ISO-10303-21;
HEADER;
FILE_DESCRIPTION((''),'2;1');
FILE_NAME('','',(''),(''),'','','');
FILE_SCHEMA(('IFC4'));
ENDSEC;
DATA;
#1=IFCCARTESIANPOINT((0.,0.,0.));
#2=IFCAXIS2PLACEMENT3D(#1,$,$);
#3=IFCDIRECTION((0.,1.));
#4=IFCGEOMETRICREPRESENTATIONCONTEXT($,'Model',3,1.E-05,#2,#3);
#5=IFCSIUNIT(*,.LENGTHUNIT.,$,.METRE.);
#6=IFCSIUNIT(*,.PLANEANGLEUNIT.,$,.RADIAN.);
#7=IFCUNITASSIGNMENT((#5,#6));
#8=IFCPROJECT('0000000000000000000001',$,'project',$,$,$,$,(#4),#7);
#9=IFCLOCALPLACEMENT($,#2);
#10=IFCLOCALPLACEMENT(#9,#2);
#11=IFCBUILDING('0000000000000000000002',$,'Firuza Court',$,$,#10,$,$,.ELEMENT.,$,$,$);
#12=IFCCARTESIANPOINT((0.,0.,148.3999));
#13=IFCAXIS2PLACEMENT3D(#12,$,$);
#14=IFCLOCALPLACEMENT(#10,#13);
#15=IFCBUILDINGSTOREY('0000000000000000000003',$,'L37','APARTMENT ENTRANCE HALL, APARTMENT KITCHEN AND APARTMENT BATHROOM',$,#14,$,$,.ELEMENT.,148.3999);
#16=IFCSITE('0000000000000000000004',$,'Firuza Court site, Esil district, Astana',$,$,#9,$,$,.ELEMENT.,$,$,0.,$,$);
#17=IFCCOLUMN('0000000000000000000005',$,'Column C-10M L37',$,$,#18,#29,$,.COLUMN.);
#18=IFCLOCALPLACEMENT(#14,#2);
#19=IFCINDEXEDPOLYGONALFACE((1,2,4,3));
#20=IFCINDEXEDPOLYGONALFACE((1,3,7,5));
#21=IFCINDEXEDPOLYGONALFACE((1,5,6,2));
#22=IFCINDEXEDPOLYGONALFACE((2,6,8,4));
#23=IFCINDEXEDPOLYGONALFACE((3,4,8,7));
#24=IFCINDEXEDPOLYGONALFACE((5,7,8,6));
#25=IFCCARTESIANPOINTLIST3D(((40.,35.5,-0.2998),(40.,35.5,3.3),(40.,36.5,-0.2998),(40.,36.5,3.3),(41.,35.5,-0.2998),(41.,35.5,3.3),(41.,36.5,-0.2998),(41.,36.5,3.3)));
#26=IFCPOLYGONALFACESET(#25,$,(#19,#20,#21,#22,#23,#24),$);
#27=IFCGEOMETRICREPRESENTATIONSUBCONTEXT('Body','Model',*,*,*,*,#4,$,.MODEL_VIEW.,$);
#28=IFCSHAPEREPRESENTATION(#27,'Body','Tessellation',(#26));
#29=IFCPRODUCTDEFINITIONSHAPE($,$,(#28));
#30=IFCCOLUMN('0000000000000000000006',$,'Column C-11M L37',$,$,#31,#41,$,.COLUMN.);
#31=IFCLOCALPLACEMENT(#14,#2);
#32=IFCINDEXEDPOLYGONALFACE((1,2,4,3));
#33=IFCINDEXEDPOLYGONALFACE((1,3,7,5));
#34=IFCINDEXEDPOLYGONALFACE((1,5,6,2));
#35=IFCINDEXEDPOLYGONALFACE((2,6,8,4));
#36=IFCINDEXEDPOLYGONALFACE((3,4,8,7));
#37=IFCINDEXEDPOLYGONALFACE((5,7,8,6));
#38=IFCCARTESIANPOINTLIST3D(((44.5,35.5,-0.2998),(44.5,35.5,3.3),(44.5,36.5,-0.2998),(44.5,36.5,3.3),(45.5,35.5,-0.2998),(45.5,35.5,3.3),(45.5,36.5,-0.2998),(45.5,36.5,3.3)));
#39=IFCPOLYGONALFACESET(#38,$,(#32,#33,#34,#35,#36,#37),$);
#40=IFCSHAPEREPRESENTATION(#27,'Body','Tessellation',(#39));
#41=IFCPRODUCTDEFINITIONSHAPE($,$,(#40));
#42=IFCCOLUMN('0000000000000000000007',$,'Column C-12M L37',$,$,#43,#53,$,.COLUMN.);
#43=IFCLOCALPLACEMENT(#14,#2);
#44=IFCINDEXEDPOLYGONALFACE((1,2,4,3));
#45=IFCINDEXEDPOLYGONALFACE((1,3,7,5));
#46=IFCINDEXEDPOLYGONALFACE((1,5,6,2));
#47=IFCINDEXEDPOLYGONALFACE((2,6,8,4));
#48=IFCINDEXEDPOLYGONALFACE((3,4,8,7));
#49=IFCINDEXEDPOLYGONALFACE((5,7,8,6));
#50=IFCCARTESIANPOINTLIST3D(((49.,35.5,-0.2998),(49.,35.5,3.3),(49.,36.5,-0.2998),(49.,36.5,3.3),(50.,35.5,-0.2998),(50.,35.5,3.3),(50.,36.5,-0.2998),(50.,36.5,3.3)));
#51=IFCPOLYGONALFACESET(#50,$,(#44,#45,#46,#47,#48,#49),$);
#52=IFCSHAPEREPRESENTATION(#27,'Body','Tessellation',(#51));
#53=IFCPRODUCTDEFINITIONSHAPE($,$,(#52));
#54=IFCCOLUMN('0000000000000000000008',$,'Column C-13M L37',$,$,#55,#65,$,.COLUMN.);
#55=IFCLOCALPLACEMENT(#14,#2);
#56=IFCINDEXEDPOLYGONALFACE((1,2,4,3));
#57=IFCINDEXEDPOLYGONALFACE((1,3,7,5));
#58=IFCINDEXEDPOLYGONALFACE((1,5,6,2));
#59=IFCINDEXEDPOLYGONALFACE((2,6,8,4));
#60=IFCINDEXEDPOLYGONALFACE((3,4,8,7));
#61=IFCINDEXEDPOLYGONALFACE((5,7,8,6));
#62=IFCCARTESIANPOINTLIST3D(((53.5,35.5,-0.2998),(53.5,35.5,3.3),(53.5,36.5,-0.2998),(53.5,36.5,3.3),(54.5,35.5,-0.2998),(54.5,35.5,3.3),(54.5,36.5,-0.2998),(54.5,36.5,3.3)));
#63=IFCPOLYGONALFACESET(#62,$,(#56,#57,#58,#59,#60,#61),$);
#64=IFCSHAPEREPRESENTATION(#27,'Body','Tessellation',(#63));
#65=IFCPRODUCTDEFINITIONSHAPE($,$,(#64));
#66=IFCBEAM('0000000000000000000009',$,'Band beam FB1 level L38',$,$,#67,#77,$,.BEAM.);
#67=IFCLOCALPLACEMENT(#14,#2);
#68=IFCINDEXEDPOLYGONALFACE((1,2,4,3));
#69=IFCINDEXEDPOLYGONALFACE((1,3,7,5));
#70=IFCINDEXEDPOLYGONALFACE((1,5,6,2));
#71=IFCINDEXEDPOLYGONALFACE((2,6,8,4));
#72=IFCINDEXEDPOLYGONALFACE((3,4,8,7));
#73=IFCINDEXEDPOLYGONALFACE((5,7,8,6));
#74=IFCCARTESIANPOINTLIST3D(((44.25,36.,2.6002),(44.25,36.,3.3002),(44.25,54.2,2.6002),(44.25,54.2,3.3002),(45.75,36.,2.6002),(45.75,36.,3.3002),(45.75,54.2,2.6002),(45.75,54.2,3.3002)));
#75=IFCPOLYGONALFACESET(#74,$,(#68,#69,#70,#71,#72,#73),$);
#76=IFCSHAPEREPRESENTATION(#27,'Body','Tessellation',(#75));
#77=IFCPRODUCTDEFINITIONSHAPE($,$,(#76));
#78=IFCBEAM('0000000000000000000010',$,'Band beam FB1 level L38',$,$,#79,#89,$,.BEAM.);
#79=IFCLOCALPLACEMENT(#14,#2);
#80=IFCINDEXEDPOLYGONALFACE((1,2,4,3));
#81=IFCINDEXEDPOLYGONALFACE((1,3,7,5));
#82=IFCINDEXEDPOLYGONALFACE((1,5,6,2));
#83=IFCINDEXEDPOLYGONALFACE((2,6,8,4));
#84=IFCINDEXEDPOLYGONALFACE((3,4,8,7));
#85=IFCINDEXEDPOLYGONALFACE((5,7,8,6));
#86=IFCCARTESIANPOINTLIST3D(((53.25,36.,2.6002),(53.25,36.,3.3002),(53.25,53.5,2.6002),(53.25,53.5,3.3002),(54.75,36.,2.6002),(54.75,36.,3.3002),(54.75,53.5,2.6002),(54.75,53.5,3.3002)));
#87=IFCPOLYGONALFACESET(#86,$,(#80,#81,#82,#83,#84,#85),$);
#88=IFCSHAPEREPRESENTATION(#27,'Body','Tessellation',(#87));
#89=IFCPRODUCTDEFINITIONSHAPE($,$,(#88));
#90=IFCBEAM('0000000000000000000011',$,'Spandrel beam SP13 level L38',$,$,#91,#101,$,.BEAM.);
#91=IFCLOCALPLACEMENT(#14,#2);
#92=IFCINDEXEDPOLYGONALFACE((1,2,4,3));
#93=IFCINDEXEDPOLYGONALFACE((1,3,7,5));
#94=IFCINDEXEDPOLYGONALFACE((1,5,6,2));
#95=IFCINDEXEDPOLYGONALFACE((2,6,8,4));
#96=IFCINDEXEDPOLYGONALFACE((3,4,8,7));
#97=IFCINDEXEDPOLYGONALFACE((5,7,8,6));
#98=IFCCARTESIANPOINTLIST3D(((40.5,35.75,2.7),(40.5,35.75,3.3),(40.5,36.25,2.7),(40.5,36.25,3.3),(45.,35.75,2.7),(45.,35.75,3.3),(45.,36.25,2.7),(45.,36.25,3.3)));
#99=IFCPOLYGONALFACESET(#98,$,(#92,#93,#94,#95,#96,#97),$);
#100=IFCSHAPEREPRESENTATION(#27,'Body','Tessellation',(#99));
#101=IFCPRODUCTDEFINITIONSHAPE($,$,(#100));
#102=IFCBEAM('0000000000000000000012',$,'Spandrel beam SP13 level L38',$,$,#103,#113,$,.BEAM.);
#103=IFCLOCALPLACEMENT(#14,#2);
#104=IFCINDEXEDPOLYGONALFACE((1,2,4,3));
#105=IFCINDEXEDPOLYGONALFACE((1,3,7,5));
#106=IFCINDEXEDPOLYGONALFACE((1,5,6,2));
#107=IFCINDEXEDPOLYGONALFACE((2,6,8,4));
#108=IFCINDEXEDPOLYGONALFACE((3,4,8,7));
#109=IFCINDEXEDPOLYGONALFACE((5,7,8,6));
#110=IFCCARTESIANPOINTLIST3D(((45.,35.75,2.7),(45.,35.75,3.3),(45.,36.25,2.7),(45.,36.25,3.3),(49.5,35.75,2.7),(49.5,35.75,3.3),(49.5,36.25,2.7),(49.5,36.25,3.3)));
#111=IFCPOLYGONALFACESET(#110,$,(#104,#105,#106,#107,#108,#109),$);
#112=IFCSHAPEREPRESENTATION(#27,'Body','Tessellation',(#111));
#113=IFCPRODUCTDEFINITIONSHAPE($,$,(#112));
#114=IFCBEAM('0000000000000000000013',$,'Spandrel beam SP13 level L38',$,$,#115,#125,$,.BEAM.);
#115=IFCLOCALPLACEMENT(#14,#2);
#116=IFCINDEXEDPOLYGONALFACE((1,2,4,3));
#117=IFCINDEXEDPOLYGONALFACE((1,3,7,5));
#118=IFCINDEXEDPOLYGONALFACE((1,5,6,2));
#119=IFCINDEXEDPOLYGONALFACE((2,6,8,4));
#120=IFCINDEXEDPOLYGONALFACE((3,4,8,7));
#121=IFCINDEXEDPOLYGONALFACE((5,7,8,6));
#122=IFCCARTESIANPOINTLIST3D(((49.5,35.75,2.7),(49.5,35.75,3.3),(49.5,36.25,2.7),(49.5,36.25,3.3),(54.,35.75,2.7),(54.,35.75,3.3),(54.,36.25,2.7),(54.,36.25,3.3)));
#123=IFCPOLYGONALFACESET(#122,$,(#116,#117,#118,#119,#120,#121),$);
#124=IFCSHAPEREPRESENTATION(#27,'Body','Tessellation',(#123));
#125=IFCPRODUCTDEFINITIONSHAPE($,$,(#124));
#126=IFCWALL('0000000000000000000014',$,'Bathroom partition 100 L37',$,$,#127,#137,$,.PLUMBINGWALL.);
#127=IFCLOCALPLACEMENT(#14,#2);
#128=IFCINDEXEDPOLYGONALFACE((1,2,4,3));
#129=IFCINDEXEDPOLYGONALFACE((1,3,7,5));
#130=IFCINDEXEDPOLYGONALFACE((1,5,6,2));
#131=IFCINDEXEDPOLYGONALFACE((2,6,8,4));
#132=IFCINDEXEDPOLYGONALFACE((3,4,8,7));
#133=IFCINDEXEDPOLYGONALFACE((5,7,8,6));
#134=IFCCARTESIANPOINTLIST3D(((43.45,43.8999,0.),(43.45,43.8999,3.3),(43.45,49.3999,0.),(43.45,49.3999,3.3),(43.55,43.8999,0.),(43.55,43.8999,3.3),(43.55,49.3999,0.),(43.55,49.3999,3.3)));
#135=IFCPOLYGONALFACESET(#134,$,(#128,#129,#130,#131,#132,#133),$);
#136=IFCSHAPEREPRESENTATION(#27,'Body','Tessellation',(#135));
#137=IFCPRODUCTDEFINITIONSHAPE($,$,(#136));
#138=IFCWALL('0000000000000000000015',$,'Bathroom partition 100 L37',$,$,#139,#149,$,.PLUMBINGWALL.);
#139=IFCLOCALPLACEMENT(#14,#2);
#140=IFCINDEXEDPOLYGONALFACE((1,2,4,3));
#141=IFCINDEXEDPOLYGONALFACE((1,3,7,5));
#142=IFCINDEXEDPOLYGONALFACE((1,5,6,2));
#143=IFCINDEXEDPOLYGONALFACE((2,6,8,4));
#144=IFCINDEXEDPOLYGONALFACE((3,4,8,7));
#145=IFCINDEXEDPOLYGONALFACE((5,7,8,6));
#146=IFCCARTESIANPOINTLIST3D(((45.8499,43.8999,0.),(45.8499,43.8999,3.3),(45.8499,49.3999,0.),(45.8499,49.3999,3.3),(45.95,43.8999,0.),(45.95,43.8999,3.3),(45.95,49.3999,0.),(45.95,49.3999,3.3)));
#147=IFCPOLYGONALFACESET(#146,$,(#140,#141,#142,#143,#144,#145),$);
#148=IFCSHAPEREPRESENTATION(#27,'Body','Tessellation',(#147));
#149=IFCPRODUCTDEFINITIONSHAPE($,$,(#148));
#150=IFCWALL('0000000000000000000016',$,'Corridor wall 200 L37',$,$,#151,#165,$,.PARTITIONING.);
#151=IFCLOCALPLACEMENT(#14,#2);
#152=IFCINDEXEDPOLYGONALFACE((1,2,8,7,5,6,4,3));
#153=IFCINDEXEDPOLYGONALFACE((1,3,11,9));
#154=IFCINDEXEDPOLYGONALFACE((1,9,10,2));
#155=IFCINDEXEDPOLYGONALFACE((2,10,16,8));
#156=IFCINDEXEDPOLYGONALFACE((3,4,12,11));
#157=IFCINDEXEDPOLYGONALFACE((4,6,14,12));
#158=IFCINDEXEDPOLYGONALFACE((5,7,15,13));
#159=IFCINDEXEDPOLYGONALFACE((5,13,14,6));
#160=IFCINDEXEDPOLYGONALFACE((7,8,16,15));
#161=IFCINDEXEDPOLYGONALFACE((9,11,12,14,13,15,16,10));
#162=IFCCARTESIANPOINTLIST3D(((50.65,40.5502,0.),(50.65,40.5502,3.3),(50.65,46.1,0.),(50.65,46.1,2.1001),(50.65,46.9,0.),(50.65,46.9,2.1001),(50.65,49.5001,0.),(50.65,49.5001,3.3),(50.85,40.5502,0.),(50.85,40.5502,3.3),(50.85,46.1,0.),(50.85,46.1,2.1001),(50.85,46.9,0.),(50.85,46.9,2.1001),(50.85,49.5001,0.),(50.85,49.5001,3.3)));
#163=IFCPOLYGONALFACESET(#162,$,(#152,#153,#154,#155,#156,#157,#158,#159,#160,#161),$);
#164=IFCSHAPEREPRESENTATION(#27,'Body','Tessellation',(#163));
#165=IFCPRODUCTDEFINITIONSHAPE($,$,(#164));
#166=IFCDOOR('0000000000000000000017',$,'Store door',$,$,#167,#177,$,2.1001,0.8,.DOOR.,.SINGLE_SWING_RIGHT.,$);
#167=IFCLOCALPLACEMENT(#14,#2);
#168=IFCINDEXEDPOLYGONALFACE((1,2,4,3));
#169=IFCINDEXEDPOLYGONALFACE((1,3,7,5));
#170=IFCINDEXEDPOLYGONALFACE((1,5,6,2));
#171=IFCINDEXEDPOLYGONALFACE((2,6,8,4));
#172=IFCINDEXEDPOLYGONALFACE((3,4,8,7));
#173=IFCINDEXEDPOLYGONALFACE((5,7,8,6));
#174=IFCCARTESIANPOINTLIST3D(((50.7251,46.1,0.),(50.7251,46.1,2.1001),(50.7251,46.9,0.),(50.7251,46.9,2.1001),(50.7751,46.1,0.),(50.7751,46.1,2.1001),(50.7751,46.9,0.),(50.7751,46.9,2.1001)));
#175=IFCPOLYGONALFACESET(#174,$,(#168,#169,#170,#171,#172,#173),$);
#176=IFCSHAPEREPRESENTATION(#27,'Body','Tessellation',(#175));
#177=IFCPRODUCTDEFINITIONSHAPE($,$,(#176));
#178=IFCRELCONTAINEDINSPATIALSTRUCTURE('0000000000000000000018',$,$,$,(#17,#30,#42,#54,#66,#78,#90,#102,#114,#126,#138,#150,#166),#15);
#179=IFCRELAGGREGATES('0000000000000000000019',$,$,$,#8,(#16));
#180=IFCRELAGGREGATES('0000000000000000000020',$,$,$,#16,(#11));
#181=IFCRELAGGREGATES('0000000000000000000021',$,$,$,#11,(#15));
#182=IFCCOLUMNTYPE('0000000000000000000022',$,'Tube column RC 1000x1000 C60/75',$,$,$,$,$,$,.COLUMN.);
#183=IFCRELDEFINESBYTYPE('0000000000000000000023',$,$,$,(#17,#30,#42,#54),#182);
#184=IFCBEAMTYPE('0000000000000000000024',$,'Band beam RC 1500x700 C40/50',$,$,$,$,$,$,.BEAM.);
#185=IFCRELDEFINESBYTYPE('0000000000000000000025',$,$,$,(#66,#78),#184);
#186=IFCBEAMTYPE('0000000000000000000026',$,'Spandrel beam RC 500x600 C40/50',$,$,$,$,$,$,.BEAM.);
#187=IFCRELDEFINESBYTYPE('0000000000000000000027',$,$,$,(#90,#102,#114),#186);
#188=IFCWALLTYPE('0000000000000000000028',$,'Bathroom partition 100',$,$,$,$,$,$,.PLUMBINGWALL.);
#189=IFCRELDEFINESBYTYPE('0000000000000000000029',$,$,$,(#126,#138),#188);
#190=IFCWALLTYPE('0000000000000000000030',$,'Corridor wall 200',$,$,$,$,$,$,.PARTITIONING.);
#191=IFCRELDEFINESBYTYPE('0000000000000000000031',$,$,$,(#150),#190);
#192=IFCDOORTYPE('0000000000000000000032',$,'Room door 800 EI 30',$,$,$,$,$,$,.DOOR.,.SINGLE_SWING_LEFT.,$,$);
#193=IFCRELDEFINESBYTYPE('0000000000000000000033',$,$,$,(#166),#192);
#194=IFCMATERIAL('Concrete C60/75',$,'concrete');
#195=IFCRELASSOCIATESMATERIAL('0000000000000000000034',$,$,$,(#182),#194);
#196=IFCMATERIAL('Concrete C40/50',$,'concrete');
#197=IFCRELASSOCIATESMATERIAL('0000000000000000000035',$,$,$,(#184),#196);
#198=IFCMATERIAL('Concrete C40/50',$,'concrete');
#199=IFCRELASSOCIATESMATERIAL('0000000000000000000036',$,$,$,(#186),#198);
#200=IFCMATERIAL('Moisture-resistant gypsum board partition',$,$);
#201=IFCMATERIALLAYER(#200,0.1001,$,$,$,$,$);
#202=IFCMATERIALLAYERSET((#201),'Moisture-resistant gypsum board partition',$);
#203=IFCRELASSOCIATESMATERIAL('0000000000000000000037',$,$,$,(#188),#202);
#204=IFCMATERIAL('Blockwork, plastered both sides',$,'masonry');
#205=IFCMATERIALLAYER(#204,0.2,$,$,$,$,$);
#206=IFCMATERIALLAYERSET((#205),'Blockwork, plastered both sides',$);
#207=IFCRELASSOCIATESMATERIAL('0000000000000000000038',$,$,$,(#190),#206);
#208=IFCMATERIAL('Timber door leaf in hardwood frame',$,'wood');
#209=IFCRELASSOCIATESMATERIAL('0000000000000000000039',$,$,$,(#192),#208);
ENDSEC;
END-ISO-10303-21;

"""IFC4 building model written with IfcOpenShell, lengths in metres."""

from ifc_helpers import new_model, si_unit, direction, frame, frame_2d, origin, origin_2d, place, context, subcontext, project, spatial, rectangle, extrude, material, layer, layer_set, material_profile, profile_set, type_object, element, fill, save


model = new_model("IFC4")

# Units and contexts
model_context = context("Model", 3, precision=1e-05, world=origin(), true_north=direction((0.0, 1.0)))
body_context = subcontext(model_context, "Body", "Model", "MODEL_VIEW")
ifc_project = project(units=[si_unit("LENGTHUNIT", "METRE"), si_unit("PLANEANGLEUNIT", "RADIAN")], contexts=[model_context])

# Site, building, storey
site_placement = place(None, origin())
site = spatial("IfcSite", under=ifc_project, at=site_placement, Name="Firuza Court site, Esil district, Astana", CompositionType="ELEMENT", RefElevation=0.0)
building_placement = place(site_placement, origin())
building = spatial("IfcBuilding", under=site, at=building_placement, Name="Firuza Court", CompositionType="ELEMENT")
storey_placement = place(building_placement, frame((0.0, 0.0, 148.3999)))
storey = spatial("IfcBuildingStorey", under=building, at=storey_placement, Name="L37", Description="APARTMENT ENTRANCE HALL, APARTMENT KITCHEN AND APARTMENT BATHROOM", CompositionType="ELEMENT", Elevation=148.3999)

# Columns
ifc_material_1 = material(Name="Concrete C60/75", Category="concrete")
ifc_material_profile_1 = material_profile(ifc_material_1, rectangle(XDim=1.0, YDim=1.0, at=origin_2d()), Name="RC 1000x1000")
ifc_profile_set_1 = profile_set([ifc_material_profile_1], Name="Concrete C60/75")
column_type = type_object("IfcColumnType", Name="Tube column RC 1000x1000 C60/75", PredefinedType="COLUMN", material=ifc_profile_set_1)
for number, where, z_axis, x_axis, name in (
    (1, (40.5, 36.0, -0.2998), (0.0, 0.0, 1.0), (1.0, 0.0, 0.0), "Column C-10M L37"),
    (2, (45.0, 36.0, -0.2998), (0.0, 0.0, 1.0), (1.0, 0.0, 0.0), "Column C-11M L37"),
    (3, (49.5, 36.0, -0.2998), (0.0, 0.0, 1.0), (1.0, 0.0, 0.0), "Column C-12M L37"),
    (4, (54.0, 36.0, -0.2998), (0.0, 0.0, 1.0), (1.0, 0.0, 0.0), "Column C-13M L37"),
):
    element("IfcColumn", number, at=place(storey_placement, frame(where, z_axis=z_axis, x_axis=x_axis)), inside=storey, type_object=column_type, Name=name, PredefinedType="COLUMN", context=body_context, shape_type="SweptSolid", body=[
        extrude(rectangle(XDim=1.0, YDim=1.0, at=origin_2d()), origin(), (0.0, 0.0, 1.0), 3.5999),
    ])

# Beams
ifc_material_2 = material(Name="Concrete C40/50", Category="concrete")
ifc_material_profile_2 = material_profile(ifc_material_2, rectangle(XDim=1.5, YDim=0.7, at=origin_2d()), Name="RC 1500x700")
ifc_profile_set_2 = profile_set([ifc_material_profile_2], Name="Concrete C40/50")
beam_type_1 = type_object("IfcBeamType", Name="Band beam RC 1500x700 C40/50", PredefinedType="BEAM", material=ifc_profile_set_2)
beam_1_placement = place(storey_placement, frame((45.0, 36.0, 2.9502), z_axis=(0.0, 1.0, 0.0), x_axis=(-1.0, 0.0, 0.0)))
element("IfcBeam", 5, at=beam_1_placement, inside=storey, type_object=beam_type_1, Name="Band beam FB1 level L38", PredefinedType="BEAM", context=body_context, shape_type="SweptSolid", body=[
    extrude(rectangle(XDim=1.5, YDim=0.7, at=origin_2d()), origin(), (0.0, 0.0, 1.0), 18.2),
])
beam_2_placement = place(storey_placement, frame((54.0, 36.0, 2.9502), z_axis=(0.0, 1.0, 0.0), x_axis=(-1.0, 0.0, 0.0)))
element("IfcBeam", 6, at=beam_2_placement, inside=storey, type_object=beam_type_1, Name="Band beam FB1 level L38", PredefinedType="BEAM", context=body_context, shape_type="SweptSolid", body=[
    extrude(rectangle(XDim=1.5, YDim=0.7, at=origin_2d()), origin(), (0.0, 0.0, 1.0), 17.5),
])
ifc_material_3 = material(Name="Concrete C40/50", Category="concrete")
ifc_material_profile_3 = material_profile(ifc_material_3, rectangle(XDim=0.5, YDim=0.6001, at=origin_2d()), Name="RC 500x600")
ifc_profile_set_3 = profile_set([ifc_material_profile_3], Name="Concrete C40/50")
beam_type_2 = type_object("IfcBeamType", Name="Spandrel beam RC 500x600 C40/50", PredefinedType="BEAM", material=ifc_profile_set_3)
for number, where, z_axis, x_axis, name in (
    (7, (40.5, 36.0, 3.0), (1.0, 0.0, 0.0), (0.0, 1.0, 0.0), "Spandrel beam SP13 level L38"),
    (8, (45.0, 36.0, 3.0), (1.0, 0.0, 0.0), (0.0, 1.0, 0.0), "Spandrel beam SP13 level L38"),
    (9, (49.5, 36.0, 3.0), (1.0, 0.0, 0.0), (0.0, 1.0, 0.0), "Spandrel beam SP13 level L38"),
):
    element("IfcBeam", number, at=place(storey_placement, frame(where, z_axis=z_axis, x_axis=x_axis)), inside=storey, type_object=beam_type_2, Name=name, PredefinedType="BEAM", context=body_context, shape_type="SweptSolid", body=[
        extrude(rectangle(XDim=0.5, YDim=0.6001, at=origin_2d()), origin(), (0.0, 0.0, 1.0), 4.5),
    ])

# Walls
ifc_material_4 = material(Name="Moisture-resistant gypsum board partition")
ifc_layer_1 = layer(ifc_material_4, 0.1001)
ifc_layer_set_1 = layer_set([ifc_layer_1], Name="Moisture-resistant gypsum board partition")
wall_type_1 = type_object("IfcWallType", Name="Bathroom partition 100", PredefinedType="PLUMBINGWALL", material=ifc_layer_set_1)
for number, where, z_axis, x_axis, name in (
    (10, (43.5, 43.8999, 0.0), (0.0, 0.0, 1.0), (0.0, 1.0, 0.0), "Bathroom partition 100 L37"),
    (11, (45.8999, 43.8999, 0.0), (0.0, 0.0, 1.0), (0.0, 1.0, 0.0), "Bathroom partition 100 L37"),
):
    element("IfcWall", number, at=place(storey_placement, frame(where, z_axis=z_axis, x_axis=x_axis)), inside=storey, type_object=wall_type_1, Name=name, PredefinedType="PLUMBINGWALL", context=body_context, shape_type="SweptSolid", body=[
        extrude(rectangle(XDim=5.5, YDim=0.1001, at=frame_2d((2.75, 0.0))), origin(), (0.0, 0.0, 1.0), 3.3),
    ])

# Wall, opening, door
ifc_material_5 = material(Name="Blockwork, plastered both sides", Category="masonry")
ifc_layer_2 = layer(ifc_material_5, 0.2)
ifc_layer_set_2 = layer_set([ifc_layer_2], Name="Blockwork, plastered both sides")
wall_type_2 = type_object("IfcWallType", Name="Corridor wall 200", PredefinedType="PARTITIONING", material=ifc_layer_set_2)
wall_1_placement = place(storey_placement, frame((50.75, 40.55, 0.0), z_axis=(0.0, 0.0, 1.0), x_axis=(0.0, 1.0, 0.0)))
wall_1 = element("IfcWall", 12, at=wall_1_placement, inside=storey, type_object=wall_type_2, Name="Corridor wall 200 L37", PredefinedType="PARTITIONING", context=body_context, shape_type="SweptSolid", body=[
    extrude(rectangle(XDim=8.95, YDim=0.2, at=frame_2d((4.4751, 0.0))), origin(), (0.0, 0.0, 1.0), 3.3),
])
opening_1_placement = place(wall_1_placement, frame((5.55, 0.0, 0.0)))
opening_1 = element("IfcOpeningElement", 13, at=opening_1_placement, cuts=wall_1, PredefinedType="OPENING", context=body_context, shape_type="SweptSolid", body=[
    extrude(rectangle(XDim=0.8, YDim=2.1001, at=frame_2d((0.3999, 1.05))), frame((0.0, 0.1118, 0.0), z_axis=(0.0, -1.0, 0.0), x_axis=(1.0, 0.0, 0.0)), (0.0, 0.0, 1.0), 0.2239),
])
ifc_material_6 = material(Name="Timber door leaf in hardwood frame", Category="wood")
door_type_1 = type_object("IfcDoorType", Name="Room door 800 EI 30", OperationType="SINGLE_SWING_LEFT", PredefinedType="DOOR", material=ifc_material_6)
door_1_placement = place(opening_1_placement, origin())
door_1 = element("IfcDoor", 14, at=door_1_placement, inside=storey, type_object=door_type_1, Name="Store door", OperationType="SINGLE_SWING_RIGHT", OverallHeight=2.1001, OverallWidth=0.8, PredefinedType="DOOR", context=body_context, shape_type="SweptSolid", body=[
    extrude(rectangle(XDim=0.8, YDim=2.1001, at=frame_2d((0.3999, 1.05))), frame((0.0, 0.0249, 0.0), z_axis=(0.0, -1.0, 0.0), x_axis=(1.0, 0.0, 0.0)), (0.0, 0.0, 1.0), 0.05),
])
fill(opening_1, door_1)

save(model, "model.ifc")
